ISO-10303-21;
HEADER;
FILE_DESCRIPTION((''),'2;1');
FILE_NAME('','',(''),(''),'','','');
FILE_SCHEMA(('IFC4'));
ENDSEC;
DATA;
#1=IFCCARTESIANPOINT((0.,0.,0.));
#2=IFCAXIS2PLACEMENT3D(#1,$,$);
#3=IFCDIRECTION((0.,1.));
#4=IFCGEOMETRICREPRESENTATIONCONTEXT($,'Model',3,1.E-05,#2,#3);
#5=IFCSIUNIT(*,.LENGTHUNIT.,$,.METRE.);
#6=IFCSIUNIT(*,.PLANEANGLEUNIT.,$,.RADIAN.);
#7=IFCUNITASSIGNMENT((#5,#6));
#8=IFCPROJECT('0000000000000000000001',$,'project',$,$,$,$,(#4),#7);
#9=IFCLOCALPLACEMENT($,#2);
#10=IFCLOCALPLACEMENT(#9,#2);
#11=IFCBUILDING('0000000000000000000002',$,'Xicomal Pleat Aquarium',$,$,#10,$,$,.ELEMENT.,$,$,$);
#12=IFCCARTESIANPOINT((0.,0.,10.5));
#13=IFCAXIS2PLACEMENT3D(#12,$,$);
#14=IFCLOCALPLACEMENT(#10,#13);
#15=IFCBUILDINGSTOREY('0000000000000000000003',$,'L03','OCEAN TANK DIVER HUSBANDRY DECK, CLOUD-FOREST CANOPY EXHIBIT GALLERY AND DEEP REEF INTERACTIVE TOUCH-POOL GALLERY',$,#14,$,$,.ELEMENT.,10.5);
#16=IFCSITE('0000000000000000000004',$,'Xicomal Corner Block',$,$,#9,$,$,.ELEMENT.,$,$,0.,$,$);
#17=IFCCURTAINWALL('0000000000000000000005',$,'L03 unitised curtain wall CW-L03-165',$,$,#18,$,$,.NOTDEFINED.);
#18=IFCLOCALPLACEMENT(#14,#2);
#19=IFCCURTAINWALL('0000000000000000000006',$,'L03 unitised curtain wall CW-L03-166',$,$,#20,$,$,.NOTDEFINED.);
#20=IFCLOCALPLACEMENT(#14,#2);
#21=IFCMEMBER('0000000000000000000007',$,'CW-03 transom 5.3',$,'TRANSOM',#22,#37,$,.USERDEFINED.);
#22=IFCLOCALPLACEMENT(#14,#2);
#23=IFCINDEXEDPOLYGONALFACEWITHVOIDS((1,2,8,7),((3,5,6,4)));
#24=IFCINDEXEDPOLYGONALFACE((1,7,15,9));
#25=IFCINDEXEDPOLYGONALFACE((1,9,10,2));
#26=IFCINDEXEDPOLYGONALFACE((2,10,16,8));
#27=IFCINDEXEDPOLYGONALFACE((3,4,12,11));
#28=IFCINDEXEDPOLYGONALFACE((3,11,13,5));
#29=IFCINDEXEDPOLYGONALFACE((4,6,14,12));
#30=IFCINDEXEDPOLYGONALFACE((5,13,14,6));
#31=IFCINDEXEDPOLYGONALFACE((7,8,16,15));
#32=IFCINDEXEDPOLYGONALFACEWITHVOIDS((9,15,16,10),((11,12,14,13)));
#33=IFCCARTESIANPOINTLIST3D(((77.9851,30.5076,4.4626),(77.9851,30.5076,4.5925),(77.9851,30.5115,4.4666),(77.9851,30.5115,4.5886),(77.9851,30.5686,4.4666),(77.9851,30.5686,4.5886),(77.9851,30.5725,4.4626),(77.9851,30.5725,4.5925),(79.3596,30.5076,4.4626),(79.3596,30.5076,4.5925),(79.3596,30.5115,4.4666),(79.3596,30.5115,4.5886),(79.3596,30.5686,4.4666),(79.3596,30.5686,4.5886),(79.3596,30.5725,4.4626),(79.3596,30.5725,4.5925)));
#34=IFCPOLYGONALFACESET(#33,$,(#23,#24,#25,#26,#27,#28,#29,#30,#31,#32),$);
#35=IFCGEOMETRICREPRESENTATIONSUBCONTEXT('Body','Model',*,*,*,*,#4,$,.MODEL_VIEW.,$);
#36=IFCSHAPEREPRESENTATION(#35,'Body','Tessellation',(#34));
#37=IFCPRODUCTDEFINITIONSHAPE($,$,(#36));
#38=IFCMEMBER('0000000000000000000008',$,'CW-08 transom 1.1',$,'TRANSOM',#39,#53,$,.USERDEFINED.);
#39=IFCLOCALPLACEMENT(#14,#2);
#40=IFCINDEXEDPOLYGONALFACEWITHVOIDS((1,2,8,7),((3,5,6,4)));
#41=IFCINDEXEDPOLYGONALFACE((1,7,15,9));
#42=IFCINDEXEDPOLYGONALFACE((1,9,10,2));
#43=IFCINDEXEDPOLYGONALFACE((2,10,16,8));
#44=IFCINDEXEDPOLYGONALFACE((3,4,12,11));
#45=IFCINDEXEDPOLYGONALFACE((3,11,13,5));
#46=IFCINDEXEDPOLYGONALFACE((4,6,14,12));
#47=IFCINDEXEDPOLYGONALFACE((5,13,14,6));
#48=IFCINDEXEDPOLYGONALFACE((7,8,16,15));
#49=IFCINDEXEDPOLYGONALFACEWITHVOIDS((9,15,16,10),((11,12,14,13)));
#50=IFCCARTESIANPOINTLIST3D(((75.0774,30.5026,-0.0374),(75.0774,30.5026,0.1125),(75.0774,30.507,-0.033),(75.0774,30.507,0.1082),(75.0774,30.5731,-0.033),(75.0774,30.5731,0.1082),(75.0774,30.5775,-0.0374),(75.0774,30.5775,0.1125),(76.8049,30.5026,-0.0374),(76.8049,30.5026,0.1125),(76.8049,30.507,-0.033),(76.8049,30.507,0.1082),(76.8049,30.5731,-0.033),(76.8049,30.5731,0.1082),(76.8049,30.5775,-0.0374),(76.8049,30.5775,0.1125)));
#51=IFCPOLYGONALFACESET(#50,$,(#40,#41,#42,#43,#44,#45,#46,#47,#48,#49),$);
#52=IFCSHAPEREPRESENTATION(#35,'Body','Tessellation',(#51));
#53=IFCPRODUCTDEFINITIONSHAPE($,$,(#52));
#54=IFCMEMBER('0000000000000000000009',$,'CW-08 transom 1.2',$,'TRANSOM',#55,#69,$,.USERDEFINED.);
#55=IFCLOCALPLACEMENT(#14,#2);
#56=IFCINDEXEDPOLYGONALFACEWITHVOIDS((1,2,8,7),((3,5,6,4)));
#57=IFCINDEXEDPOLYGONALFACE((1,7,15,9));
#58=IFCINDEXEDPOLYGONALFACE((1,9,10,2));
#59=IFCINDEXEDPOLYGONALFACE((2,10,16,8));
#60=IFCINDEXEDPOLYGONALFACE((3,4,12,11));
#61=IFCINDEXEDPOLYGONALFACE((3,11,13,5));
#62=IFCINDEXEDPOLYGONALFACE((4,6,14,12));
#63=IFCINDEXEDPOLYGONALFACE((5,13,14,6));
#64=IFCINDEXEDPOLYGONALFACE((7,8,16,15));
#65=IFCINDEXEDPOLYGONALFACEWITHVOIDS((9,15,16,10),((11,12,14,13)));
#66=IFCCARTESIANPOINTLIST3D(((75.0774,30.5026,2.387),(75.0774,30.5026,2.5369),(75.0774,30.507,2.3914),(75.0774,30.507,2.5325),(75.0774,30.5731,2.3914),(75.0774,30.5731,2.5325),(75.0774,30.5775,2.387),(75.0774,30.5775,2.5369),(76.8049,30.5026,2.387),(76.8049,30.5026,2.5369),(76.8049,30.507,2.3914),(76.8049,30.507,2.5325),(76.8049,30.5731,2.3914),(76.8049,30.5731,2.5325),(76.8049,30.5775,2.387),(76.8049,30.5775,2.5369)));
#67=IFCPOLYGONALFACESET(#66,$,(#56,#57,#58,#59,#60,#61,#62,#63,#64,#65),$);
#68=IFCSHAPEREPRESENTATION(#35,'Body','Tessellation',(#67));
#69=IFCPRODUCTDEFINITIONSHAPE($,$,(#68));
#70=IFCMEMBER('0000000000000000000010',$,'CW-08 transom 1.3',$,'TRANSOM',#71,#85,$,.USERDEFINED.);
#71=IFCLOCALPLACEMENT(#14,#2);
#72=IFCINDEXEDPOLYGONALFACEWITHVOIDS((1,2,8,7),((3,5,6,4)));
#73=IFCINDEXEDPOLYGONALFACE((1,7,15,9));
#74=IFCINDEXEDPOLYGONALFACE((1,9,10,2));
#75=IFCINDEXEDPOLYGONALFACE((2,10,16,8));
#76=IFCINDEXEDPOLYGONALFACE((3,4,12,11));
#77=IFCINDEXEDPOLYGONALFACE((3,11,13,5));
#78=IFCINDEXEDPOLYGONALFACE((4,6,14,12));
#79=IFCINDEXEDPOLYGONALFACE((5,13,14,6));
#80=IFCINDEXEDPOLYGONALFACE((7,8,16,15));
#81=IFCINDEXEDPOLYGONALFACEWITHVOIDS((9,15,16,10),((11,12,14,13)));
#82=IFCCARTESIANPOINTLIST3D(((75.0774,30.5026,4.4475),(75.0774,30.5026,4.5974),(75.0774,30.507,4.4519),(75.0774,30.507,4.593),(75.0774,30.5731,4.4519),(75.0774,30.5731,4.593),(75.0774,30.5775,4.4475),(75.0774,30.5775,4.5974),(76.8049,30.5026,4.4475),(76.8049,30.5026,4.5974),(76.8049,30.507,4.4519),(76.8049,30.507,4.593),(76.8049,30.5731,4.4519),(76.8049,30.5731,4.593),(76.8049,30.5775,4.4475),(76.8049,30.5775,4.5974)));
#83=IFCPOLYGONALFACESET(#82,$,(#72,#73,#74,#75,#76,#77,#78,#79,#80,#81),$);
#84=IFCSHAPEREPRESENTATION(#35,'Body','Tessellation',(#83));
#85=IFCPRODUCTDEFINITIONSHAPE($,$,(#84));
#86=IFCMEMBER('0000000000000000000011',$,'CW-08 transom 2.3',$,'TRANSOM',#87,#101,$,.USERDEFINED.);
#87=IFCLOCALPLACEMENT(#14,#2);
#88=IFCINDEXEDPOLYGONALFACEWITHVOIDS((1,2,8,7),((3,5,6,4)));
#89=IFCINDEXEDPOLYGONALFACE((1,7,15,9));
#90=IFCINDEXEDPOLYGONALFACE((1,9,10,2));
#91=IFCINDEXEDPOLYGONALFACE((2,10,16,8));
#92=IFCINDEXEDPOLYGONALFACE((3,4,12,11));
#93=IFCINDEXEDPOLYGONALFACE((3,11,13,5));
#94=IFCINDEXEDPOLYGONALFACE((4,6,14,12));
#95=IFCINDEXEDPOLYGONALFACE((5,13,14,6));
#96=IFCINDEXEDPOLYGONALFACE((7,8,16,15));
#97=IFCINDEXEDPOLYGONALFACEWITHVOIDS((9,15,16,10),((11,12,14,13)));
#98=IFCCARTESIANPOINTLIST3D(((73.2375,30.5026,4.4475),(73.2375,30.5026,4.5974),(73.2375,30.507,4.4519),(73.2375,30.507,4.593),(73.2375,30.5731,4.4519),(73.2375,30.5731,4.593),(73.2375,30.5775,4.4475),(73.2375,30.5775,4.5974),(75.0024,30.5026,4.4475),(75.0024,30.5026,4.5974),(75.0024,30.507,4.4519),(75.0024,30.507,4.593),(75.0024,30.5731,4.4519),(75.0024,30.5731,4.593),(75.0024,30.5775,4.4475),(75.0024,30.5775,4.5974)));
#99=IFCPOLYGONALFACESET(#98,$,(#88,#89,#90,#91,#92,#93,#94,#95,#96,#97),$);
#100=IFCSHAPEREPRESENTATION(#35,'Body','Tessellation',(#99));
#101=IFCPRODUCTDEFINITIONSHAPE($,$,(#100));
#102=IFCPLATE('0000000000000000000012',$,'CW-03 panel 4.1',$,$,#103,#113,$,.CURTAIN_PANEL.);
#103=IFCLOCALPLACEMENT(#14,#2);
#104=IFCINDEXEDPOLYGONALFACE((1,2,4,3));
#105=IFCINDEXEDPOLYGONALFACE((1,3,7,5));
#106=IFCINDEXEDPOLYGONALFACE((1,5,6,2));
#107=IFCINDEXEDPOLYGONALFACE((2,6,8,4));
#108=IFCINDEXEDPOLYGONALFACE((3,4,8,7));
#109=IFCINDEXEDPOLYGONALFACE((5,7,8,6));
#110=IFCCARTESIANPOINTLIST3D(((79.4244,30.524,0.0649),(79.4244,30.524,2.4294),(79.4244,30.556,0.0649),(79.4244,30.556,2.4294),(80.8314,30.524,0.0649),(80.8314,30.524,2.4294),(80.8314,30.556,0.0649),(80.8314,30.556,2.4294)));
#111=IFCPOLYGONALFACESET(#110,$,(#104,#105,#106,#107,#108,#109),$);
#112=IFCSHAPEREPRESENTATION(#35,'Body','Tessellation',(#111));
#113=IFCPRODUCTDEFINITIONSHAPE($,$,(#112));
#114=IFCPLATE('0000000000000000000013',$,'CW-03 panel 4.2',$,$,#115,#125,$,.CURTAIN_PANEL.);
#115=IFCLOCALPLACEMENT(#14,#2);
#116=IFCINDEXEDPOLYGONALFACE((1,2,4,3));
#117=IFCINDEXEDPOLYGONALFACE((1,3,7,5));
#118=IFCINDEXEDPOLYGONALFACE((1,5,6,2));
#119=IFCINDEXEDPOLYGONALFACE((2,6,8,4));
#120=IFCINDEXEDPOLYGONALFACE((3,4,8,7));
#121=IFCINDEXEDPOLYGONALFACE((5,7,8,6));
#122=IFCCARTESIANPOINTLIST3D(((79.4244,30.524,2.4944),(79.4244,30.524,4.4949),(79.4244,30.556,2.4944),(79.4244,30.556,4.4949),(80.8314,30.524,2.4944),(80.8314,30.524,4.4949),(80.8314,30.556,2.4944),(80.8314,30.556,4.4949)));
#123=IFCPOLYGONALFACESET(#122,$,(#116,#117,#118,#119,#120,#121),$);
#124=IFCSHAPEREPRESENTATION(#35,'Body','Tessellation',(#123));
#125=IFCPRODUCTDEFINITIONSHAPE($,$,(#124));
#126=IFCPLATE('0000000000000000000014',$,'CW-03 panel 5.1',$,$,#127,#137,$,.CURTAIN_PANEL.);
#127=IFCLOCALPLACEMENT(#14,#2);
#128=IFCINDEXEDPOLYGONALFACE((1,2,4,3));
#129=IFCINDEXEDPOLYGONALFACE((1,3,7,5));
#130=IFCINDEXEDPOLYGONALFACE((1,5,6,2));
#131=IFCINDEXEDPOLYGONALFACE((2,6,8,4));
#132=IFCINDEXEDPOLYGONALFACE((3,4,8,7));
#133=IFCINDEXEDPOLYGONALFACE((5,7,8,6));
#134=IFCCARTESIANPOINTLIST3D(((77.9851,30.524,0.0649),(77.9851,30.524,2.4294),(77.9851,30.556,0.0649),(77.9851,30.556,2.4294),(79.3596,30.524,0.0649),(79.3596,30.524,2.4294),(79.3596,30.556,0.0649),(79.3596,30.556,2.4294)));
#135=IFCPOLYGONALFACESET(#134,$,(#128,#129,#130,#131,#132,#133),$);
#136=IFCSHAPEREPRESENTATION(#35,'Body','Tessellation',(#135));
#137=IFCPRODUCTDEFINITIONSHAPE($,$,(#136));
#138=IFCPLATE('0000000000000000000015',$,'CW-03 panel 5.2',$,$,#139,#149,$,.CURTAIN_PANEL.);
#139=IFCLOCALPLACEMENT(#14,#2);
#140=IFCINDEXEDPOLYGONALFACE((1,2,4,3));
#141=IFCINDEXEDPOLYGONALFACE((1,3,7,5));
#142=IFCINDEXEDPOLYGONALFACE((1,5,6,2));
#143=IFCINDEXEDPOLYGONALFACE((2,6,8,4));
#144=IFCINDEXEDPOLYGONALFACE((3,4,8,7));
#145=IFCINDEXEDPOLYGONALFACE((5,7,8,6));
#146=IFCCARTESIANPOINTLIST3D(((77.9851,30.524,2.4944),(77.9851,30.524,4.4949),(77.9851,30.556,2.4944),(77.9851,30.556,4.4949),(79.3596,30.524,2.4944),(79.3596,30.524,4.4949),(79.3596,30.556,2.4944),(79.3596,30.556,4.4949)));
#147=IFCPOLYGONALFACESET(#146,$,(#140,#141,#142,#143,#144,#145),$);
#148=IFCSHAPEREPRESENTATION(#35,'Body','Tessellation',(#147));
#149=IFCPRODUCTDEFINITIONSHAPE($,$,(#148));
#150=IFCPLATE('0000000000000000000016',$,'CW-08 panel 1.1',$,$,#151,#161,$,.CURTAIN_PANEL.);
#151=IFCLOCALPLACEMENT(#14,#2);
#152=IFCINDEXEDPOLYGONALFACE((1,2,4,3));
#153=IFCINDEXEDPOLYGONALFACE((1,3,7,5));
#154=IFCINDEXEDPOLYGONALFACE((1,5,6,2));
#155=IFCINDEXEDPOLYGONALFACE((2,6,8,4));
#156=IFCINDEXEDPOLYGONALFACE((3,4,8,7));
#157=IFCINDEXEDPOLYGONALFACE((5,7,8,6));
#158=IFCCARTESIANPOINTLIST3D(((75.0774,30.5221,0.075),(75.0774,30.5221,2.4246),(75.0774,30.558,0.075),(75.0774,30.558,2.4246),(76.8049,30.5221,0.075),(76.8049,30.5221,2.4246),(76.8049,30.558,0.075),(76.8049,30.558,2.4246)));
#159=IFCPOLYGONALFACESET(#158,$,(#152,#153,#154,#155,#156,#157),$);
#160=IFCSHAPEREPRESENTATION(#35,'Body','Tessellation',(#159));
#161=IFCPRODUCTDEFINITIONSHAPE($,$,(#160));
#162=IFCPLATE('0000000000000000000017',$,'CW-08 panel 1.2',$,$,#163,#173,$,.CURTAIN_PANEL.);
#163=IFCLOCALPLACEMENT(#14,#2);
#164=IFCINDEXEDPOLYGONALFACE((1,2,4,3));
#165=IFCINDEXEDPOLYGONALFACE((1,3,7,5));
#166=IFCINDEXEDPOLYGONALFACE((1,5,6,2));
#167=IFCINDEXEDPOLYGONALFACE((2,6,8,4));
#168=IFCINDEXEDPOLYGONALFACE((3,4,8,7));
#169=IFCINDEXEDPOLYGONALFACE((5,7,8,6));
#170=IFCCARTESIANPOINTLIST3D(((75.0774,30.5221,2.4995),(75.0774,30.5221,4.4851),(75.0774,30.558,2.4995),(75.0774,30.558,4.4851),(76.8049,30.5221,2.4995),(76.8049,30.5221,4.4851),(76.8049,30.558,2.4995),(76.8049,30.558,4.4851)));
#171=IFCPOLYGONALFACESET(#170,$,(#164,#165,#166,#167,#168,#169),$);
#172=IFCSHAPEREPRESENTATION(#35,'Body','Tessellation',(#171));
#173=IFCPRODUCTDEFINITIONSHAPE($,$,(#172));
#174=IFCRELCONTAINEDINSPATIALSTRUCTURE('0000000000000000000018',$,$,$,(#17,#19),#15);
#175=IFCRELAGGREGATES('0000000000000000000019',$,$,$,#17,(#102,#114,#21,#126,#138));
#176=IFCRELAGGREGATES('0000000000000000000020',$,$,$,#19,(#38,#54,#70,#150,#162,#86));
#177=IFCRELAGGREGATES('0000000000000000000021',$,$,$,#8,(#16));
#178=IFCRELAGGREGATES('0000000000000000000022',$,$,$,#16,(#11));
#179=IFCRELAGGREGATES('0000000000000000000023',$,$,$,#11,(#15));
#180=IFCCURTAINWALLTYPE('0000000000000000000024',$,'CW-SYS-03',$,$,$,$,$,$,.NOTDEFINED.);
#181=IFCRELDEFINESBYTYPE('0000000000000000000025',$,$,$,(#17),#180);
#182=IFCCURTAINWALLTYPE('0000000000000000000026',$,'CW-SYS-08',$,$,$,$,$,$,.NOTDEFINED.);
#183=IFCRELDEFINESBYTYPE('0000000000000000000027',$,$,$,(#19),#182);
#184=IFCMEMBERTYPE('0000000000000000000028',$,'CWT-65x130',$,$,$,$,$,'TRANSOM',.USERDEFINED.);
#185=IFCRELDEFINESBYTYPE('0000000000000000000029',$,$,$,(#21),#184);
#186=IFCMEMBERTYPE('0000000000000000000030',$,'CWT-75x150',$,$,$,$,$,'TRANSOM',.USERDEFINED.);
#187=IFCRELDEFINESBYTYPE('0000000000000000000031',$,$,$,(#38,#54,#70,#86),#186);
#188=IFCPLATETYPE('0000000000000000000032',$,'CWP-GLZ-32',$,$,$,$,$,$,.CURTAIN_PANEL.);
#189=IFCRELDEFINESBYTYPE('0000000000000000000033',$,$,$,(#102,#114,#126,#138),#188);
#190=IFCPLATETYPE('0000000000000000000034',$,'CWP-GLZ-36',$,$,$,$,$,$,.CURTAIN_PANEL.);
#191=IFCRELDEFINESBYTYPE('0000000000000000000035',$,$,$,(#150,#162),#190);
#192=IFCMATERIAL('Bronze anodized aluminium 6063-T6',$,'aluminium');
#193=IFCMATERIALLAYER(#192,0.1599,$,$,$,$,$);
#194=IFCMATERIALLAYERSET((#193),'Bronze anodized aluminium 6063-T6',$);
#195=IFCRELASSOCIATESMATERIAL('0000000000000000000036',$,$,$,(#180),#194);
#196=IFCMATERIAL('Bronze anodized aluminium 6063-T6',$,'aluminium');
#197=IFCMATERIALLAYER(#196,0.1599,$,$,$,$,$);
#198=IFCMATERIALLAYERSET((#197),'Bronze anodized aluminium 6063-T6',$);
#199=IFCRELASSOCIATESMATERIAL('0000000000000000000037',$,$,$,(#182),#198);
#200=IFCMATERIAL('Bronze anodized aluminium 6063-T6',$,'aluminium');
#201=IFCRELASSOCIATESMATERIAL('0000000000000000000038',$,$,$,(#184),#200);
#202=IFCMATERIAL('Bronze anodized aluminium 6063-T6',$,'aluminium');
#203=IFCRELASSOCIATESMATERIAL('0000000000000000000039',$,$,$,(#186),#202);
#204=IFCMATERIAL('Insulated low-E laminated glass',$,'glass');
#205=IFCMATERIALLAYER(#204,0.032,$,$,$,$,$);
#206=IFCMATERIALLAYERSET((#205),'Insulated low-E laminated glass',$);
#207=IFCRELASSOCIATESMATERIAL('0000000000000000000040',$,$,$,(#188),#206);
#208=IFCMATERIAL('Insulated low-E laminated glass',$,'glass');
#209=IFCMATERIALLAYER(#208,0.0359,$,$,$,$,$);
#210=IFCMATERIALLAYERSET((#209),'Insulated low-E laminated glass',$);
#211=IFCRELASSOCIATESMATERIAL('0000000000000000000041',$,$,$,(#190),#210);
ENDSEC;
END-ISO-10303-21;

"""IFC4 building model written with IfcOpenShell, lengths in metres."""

from ifc_helpers import new_model, si_unit, direction, frame, origin, origin_2d, place, context, subcontext, project, spatial, rectangle, hollow_rectangle, extrude, material, layer, layer_set, material_profile, profile_set, type_object, element, aggregate, save


model = new_model("IFC4")

# Units and contexts
model_context = context("Model", 3, precision=1e-05, world=origin(), true_north=direction((0.0, 1.0)))
body_context = subcontext(model_context, "Body", "Model", "MODEL_VIEW")
ifc_project = project(units=[si_unit("LENGTHUNIT", "METRE"), si_unit("PLANEANGLEUNIT", "RADIAN")], contexts=[model_context])

# Site, building, storey
site_placement = place(None, origin())
site = spatial("IfcSite", under=ifc_project, at=site_placement, Name="Xicomal Corner Block", CompositionType="ELEMENT", RefElevation=0.0)
building_placement = place(site_placement, origin())
building = spatial("IfcBuilding", under=site, at=building_placement, Name="Xicomal Pleat Aquarium", CompositionType="ELEMENT")
storey_placement = place(building_placement, frame((0.0, 0.0, 10.5)))
storey = spatial("IfcBuildingStorey", under=building, at=storey_placement, Name="L03", Description="OCEAN TANK DIVER HUSBANDRY DECK, CLOUD-FOREST CANOPY EXHIBIT GALLERY AND DEEP REEF INTERACTIVE TOUCH-POOL GALLERY", CompositionType="ELEMENT", Elevation=10.5)

# Curtain walls
ifc_material_1 = material(Name="Bronze anodized aluminium 6063-T6", Category="aluminium")
ifc_layer_1 = layer(ifc_material_1, 0.1599)
ifc_layer_set_1 = layer_set([ifc_layer_1], Name="Bronze anodized aluminium 6063-T6")
curtain_wall_type_1 = type_object("IfcCurtainWallType", Name="CW-SYS-03", PredefinedType="NOTDEFINED", material=ifc_layer_set_1)
curtain_wall_1_placement = place(storey_placement, origin())
curtain_wall_1 = element("IfcCurtainWall", 1, at=curtain_wall_1_placement, inside=storey, type_object=curtain_wall_type_1, Name="L03 unitised curtain wall CW-L03-165", PredefinedType="NOTDEFINED")
ifc_material_2 = material(Name="Bronze anodized aluminium 6063-T6", Category="aluminium")
ifc_layer_2 = layer(ifc_material_2, 0.1599)
ifc_layer_set_2 = layer_set([ifc_layer_2], Name="Bronze anodized aluminium 6063-T6")
curtain_wall_type_2 = type_object("IfcCurtainWallType", Name="CW-SYS-08", PredefinedType="NOTDEFINED", material=ifc_layer_set_2)
curtain_wall_2_placement = place(storey_placement, origin())
curtain_wall_2 = element("IfcCurtainWall", 2, at=curtain_wall_2_placement, inside=storey, type_object=curtain_wall_type_2, Name="L03 unitised curtain wall CW-L03-166", PredefinedType="NOTDEFINED")

# Members
ifc_material_3 = material(Name="Bronze anodized aluminium 6063-T6", Category="aluminium")
ifc_material_profile_1 = material_profile(ifc_material_3, hollow_rectangle(XDim=0.0649, YDim=0.1299, WallThickness=0.0039, at=origin_2d()), Name="ALU TRAN 65x130")
ifc_profile_set_1 = profile_set([ifc_material_profile_1], Name="Bronze anodized aluminium 6063-T6")
member_type_1 = type_object("IfcMemberType", Name="CWT-65x130", ElementType="TRANSOM", PredefinedType="USERDEFINED", material=ifc_profile_set_1)
member_1_placement = place(storey_placement, frame((79.3596, 30.54, 4.5276), z_axis=(-1.0, 0.0, 0.0), x_axis=(0.0, -1.0, 0.0)))
member_1 = element("IfcMember", 3, at=member_1_placement, type_object=member_type_1, Name="CW-03 transom 5.3", ObjectType="TRANSOM", PredefinedType="USERDEFINED", context=body_context, shape_type="SweptSolid", body=[
    extrude(hollow_rectangle(XDim=0.0649, YDim=0.1299, WallThickness=0.0039, at=origin_2d()), origin(), (0.0, 0.0, 1.0), 1.3745),
])
ifc_material_4 = material(Name="Bronze anodized aluminium 6063-T6", Category="aluminium")
ifc_material_profile_2 = material_profile(ifc_material_4, hollow_rectangle(XDim=0.075, YDim=0.1499, WallThickness=0.0044, at=origin_2d()), Name="ALU TRAN 75x150")
ifc_profile_set_2 = profile_set([ifc_material_profile_2], Name="Bronze anodized aluminium 6063-T6")
member_type_2 = type_object("IfcMemberType", Name="CWT-75x150", ElementType="TRANSOM", PredefinedType="USERDEFINED", material=ifc_profile_set_2)
member_2_placement = place(storey_placement, frame((76.8049, 30.54, 0.0376), z_axis=(-1.0, 0.0, 0.0), x_axis=(0.0, -1.0, 0.0)))
member_2 = element("IfcMember", 4, at=member_2_placement, type_object=member_type_2, Name="CW-08 transom 1.1", ObjectType="TRANSOM", PredefinedType="USERDEFINED", context=body_context, shape_type="SweptSolid", body=[
    extrude(hollow_rectangle(XDim=0.075, YDim=0.1499, WallThickness=0.0044, at=origin_2d()), origin(), (0.0, 0.0, 1.0), 1.7275),
])
member_3_placement = place(storey_placement, frame((76.8049, 30.54, 2.4619), z_axis=(-1.0, 0.0, 0.0), x_axis=(0.0, -1.0, 0.0)))
member_3 = element("IfcMember", 5, at=member_3_placement, type_object=member_type_2, Name="CW-08 transom 1.2", ObjectType="TRANSOM", PredefinedType="USERDEFINED", context=body_context, shape_type="SweptSolid", body=[
    extrude(hollow_rectangle(XDim=0.075, YDim=0.1499, WallThickness=0.0044, at=origin_2d()), origin(), (0.0, 0.0, 1.0), 1.7275),
])
member_4_placement = place(storey_placement, frame((76.8049, 30.54, 4.5225), z_axis=(-1.0, 0.0, 0.0), x_axis=(0.0, -1.0, 0.0)))
member_4 = element("IfcMember", 6, at=member_4_placement, type_object=member_type_2, Name="CW-08 transom 1.3", ObjectType="TRANSOM", PredefinedType="USERDEFINED", context=body_context, shape_type="SweptSolid", body=[
    extrude(hollow_rectangle(XDim=0.075, YDim=0.1499, WallThickness=0.0044, at=origin_2d()), origin(), (0.0, 0.0, 1.0), 1.7275),
])
member_5_placement = place(storey_placement, frame((75.0024, 30.54, 4.5225), z_axis=(-1.0, 0.0, 0.0), x_axis=(0.0, -1.0, 0.0)))
member_5 = element("IfcMember", 7, at=member_5_placement, type_object=member_type_2, Name="CW-08 transom 2.3", ObjectType="TRANSOM", PredefinedType="USERDEFINED", context=body_context, shape_type="SweptSolid", body=[
    extrude(hollow_rectangle(XDim=0.075, YDim=0.1499, WallThickness=0.0044, at=origin_2d()), origin(), (0.0, 0.0, 1.0), 1.7649),
])

# Plates
ifc_material_5 = material(Name="Insulated low-E laminated glass", Category="glass")
ifc_layer_3 = layer(ifc_material_5, 0.032)
ifc_layer_set_3 = layer_set([ifc_layer_3], Name="Insulated low-E laminated glass")
plate_type_1 = type_object("IfcPlateType", Name="CWP-GLZ-32", PredefinedType="CURTAIN_PANEL", material=ifc_layer_set_3)
plate_1_placement = place(storey_placement, frame((80.1279, 30.54, 0.0649), z_axis=(0.0, 0.0, 1.0), x_axis=(-1.0, 0.0, 0.0)))
plate_1 = element("IfcPlate", 8, at=plate_1_placement, type_object=plate_type_1, Name="CW-03 panel 4.1", PredefinedType="CURTAIN_PANEL", context=body_context, shape_type="SweptSolid", body=[
    extrude(rectangle(XDim=1.407, YDim=0.032, at=origin_2d()), origin(), (0.0, 0.0, 1.0), 2.3645),
])
plate_2_placement = place(storey_placement, frame((80.1279, 30.54, 2.4944), z_axis=(0.0, 0.0, 1.0), x_axis=(-1.0, 0.0, 0.0)))
plate_2 = element("IfcPlate", 9, at=plate_2_placement, type_object=plate_type_1, Name="CW-03 panel 4.2", PredefinedType="CURTAIN_PANEL", context=body_context, shape_type="SweptSolid", body=[
    extrude(rectangle(XDim=1.407, YDim=0.032, at=origin_2d()), origin(), (0.0, 0.0, 1.0), 2.0005),
])
plate_3_placement = place(storey_placement, frame((78.6724, 30.54, 0.0649), z_axis=(0.0, 0.0, 1.0), x_axis=(-1.0, 0.0, 0.0)))
plate_3 = element("IfcPlate", 10, at=plate_3_placement, type_object=plate_type_1, Name="CW-03 panel 5.1", PredefinedType="CURTAIN_PANEL", context=body_context, shape_type="SweptSolid", body=[
    extrude(rectangle(XDim=1.3745, YDim=0.032, at=origin_2d()), origin(), (0.0, 0.0, 1.0), 2.3645),
])
plate_4_placement = place(storey_placement, frame((78.6724, 30.54, 2.4944), z_axis=(0.0, 0.0, 1.0), x_axis=(-1.0, 0.0, 0.0)))
plate_4 = element("IfcPlate", 11, at=plate_4_placement, type_object=plate_type_1, Name="CW-03 panel 5.2", PredefinedType="CURTAIN_PANEL", context=body_context, shape_type="SweptSolid", body=[
    extrude(rectangle(XDim=1.3745, YDim=0.032, at=origin_2d()), origin(), (0.0, 0.0, 1.0), 2.0005),
])
aggregate(curtain_wall_1, [plate_1, plate_2, member_1, plate_3, plate_4])
ifc_material_6 = material(Name="Insulated low-E laminated glass", Category="glass")
ifc_layer_4 = layer(ifc_material_6, 0.0359)
ifc_layer_set_4 = layer_set([ifc_layer_4], Name="Insulated low-E laminated glass")
plate_type_2 = type_object("IfcPlateType", Name="CWP-GLZ-36", PredefinedType="CURTAIN_PANEL", material=ifc_layer_set_4)
plate_5_placement = place(storey_placement, frame((75.9412, 30.54, 0.075), z_axis=(0.0, 0.0, 1.0), x_axis=(-1.0, 0.0, 0.0)))
plate_5 = element("IfcPlate", 12, at=plate_5_placement, type_object=plate_type_2, Name="CW-08 panel 1.1", PredefinedType="CURTAIN_PANEL", context=body_context, shape_type="SweptSolid", body=[
    extrude(rectangle(XDim=1.7275, YDim=0.0359, at=origin_2d()), origin(), (0.0, 0.0, 1.0), 2.3496),
])
plate_6_placement = place(storey_placement, frame((75.9412, 30.54, 2.4995), z_axis=(0.0, 0.0, 1.0), x_axis=(-1.0, 0.0, 0.0)))
plate_6 = element("IfcPlate", 13, at=plate_6_placement, type_object=plate_type_2, Name="CW-08 panel 1.2", PredefinedType="CURTAIN_PANEL", context=body_context, shape_type="SweptSolid", body=[
    extrude(rectangle(XDim=1.7275, YDim=0.0359, at=origin_2d()), origin(), (0.0, 0.0, 1.0), 1.9856),
])
aggregate(curtain_wall_2, [member_2, member_3, member_4, plate_5, plate_6, member_5])

save(model, "model.ifc")
